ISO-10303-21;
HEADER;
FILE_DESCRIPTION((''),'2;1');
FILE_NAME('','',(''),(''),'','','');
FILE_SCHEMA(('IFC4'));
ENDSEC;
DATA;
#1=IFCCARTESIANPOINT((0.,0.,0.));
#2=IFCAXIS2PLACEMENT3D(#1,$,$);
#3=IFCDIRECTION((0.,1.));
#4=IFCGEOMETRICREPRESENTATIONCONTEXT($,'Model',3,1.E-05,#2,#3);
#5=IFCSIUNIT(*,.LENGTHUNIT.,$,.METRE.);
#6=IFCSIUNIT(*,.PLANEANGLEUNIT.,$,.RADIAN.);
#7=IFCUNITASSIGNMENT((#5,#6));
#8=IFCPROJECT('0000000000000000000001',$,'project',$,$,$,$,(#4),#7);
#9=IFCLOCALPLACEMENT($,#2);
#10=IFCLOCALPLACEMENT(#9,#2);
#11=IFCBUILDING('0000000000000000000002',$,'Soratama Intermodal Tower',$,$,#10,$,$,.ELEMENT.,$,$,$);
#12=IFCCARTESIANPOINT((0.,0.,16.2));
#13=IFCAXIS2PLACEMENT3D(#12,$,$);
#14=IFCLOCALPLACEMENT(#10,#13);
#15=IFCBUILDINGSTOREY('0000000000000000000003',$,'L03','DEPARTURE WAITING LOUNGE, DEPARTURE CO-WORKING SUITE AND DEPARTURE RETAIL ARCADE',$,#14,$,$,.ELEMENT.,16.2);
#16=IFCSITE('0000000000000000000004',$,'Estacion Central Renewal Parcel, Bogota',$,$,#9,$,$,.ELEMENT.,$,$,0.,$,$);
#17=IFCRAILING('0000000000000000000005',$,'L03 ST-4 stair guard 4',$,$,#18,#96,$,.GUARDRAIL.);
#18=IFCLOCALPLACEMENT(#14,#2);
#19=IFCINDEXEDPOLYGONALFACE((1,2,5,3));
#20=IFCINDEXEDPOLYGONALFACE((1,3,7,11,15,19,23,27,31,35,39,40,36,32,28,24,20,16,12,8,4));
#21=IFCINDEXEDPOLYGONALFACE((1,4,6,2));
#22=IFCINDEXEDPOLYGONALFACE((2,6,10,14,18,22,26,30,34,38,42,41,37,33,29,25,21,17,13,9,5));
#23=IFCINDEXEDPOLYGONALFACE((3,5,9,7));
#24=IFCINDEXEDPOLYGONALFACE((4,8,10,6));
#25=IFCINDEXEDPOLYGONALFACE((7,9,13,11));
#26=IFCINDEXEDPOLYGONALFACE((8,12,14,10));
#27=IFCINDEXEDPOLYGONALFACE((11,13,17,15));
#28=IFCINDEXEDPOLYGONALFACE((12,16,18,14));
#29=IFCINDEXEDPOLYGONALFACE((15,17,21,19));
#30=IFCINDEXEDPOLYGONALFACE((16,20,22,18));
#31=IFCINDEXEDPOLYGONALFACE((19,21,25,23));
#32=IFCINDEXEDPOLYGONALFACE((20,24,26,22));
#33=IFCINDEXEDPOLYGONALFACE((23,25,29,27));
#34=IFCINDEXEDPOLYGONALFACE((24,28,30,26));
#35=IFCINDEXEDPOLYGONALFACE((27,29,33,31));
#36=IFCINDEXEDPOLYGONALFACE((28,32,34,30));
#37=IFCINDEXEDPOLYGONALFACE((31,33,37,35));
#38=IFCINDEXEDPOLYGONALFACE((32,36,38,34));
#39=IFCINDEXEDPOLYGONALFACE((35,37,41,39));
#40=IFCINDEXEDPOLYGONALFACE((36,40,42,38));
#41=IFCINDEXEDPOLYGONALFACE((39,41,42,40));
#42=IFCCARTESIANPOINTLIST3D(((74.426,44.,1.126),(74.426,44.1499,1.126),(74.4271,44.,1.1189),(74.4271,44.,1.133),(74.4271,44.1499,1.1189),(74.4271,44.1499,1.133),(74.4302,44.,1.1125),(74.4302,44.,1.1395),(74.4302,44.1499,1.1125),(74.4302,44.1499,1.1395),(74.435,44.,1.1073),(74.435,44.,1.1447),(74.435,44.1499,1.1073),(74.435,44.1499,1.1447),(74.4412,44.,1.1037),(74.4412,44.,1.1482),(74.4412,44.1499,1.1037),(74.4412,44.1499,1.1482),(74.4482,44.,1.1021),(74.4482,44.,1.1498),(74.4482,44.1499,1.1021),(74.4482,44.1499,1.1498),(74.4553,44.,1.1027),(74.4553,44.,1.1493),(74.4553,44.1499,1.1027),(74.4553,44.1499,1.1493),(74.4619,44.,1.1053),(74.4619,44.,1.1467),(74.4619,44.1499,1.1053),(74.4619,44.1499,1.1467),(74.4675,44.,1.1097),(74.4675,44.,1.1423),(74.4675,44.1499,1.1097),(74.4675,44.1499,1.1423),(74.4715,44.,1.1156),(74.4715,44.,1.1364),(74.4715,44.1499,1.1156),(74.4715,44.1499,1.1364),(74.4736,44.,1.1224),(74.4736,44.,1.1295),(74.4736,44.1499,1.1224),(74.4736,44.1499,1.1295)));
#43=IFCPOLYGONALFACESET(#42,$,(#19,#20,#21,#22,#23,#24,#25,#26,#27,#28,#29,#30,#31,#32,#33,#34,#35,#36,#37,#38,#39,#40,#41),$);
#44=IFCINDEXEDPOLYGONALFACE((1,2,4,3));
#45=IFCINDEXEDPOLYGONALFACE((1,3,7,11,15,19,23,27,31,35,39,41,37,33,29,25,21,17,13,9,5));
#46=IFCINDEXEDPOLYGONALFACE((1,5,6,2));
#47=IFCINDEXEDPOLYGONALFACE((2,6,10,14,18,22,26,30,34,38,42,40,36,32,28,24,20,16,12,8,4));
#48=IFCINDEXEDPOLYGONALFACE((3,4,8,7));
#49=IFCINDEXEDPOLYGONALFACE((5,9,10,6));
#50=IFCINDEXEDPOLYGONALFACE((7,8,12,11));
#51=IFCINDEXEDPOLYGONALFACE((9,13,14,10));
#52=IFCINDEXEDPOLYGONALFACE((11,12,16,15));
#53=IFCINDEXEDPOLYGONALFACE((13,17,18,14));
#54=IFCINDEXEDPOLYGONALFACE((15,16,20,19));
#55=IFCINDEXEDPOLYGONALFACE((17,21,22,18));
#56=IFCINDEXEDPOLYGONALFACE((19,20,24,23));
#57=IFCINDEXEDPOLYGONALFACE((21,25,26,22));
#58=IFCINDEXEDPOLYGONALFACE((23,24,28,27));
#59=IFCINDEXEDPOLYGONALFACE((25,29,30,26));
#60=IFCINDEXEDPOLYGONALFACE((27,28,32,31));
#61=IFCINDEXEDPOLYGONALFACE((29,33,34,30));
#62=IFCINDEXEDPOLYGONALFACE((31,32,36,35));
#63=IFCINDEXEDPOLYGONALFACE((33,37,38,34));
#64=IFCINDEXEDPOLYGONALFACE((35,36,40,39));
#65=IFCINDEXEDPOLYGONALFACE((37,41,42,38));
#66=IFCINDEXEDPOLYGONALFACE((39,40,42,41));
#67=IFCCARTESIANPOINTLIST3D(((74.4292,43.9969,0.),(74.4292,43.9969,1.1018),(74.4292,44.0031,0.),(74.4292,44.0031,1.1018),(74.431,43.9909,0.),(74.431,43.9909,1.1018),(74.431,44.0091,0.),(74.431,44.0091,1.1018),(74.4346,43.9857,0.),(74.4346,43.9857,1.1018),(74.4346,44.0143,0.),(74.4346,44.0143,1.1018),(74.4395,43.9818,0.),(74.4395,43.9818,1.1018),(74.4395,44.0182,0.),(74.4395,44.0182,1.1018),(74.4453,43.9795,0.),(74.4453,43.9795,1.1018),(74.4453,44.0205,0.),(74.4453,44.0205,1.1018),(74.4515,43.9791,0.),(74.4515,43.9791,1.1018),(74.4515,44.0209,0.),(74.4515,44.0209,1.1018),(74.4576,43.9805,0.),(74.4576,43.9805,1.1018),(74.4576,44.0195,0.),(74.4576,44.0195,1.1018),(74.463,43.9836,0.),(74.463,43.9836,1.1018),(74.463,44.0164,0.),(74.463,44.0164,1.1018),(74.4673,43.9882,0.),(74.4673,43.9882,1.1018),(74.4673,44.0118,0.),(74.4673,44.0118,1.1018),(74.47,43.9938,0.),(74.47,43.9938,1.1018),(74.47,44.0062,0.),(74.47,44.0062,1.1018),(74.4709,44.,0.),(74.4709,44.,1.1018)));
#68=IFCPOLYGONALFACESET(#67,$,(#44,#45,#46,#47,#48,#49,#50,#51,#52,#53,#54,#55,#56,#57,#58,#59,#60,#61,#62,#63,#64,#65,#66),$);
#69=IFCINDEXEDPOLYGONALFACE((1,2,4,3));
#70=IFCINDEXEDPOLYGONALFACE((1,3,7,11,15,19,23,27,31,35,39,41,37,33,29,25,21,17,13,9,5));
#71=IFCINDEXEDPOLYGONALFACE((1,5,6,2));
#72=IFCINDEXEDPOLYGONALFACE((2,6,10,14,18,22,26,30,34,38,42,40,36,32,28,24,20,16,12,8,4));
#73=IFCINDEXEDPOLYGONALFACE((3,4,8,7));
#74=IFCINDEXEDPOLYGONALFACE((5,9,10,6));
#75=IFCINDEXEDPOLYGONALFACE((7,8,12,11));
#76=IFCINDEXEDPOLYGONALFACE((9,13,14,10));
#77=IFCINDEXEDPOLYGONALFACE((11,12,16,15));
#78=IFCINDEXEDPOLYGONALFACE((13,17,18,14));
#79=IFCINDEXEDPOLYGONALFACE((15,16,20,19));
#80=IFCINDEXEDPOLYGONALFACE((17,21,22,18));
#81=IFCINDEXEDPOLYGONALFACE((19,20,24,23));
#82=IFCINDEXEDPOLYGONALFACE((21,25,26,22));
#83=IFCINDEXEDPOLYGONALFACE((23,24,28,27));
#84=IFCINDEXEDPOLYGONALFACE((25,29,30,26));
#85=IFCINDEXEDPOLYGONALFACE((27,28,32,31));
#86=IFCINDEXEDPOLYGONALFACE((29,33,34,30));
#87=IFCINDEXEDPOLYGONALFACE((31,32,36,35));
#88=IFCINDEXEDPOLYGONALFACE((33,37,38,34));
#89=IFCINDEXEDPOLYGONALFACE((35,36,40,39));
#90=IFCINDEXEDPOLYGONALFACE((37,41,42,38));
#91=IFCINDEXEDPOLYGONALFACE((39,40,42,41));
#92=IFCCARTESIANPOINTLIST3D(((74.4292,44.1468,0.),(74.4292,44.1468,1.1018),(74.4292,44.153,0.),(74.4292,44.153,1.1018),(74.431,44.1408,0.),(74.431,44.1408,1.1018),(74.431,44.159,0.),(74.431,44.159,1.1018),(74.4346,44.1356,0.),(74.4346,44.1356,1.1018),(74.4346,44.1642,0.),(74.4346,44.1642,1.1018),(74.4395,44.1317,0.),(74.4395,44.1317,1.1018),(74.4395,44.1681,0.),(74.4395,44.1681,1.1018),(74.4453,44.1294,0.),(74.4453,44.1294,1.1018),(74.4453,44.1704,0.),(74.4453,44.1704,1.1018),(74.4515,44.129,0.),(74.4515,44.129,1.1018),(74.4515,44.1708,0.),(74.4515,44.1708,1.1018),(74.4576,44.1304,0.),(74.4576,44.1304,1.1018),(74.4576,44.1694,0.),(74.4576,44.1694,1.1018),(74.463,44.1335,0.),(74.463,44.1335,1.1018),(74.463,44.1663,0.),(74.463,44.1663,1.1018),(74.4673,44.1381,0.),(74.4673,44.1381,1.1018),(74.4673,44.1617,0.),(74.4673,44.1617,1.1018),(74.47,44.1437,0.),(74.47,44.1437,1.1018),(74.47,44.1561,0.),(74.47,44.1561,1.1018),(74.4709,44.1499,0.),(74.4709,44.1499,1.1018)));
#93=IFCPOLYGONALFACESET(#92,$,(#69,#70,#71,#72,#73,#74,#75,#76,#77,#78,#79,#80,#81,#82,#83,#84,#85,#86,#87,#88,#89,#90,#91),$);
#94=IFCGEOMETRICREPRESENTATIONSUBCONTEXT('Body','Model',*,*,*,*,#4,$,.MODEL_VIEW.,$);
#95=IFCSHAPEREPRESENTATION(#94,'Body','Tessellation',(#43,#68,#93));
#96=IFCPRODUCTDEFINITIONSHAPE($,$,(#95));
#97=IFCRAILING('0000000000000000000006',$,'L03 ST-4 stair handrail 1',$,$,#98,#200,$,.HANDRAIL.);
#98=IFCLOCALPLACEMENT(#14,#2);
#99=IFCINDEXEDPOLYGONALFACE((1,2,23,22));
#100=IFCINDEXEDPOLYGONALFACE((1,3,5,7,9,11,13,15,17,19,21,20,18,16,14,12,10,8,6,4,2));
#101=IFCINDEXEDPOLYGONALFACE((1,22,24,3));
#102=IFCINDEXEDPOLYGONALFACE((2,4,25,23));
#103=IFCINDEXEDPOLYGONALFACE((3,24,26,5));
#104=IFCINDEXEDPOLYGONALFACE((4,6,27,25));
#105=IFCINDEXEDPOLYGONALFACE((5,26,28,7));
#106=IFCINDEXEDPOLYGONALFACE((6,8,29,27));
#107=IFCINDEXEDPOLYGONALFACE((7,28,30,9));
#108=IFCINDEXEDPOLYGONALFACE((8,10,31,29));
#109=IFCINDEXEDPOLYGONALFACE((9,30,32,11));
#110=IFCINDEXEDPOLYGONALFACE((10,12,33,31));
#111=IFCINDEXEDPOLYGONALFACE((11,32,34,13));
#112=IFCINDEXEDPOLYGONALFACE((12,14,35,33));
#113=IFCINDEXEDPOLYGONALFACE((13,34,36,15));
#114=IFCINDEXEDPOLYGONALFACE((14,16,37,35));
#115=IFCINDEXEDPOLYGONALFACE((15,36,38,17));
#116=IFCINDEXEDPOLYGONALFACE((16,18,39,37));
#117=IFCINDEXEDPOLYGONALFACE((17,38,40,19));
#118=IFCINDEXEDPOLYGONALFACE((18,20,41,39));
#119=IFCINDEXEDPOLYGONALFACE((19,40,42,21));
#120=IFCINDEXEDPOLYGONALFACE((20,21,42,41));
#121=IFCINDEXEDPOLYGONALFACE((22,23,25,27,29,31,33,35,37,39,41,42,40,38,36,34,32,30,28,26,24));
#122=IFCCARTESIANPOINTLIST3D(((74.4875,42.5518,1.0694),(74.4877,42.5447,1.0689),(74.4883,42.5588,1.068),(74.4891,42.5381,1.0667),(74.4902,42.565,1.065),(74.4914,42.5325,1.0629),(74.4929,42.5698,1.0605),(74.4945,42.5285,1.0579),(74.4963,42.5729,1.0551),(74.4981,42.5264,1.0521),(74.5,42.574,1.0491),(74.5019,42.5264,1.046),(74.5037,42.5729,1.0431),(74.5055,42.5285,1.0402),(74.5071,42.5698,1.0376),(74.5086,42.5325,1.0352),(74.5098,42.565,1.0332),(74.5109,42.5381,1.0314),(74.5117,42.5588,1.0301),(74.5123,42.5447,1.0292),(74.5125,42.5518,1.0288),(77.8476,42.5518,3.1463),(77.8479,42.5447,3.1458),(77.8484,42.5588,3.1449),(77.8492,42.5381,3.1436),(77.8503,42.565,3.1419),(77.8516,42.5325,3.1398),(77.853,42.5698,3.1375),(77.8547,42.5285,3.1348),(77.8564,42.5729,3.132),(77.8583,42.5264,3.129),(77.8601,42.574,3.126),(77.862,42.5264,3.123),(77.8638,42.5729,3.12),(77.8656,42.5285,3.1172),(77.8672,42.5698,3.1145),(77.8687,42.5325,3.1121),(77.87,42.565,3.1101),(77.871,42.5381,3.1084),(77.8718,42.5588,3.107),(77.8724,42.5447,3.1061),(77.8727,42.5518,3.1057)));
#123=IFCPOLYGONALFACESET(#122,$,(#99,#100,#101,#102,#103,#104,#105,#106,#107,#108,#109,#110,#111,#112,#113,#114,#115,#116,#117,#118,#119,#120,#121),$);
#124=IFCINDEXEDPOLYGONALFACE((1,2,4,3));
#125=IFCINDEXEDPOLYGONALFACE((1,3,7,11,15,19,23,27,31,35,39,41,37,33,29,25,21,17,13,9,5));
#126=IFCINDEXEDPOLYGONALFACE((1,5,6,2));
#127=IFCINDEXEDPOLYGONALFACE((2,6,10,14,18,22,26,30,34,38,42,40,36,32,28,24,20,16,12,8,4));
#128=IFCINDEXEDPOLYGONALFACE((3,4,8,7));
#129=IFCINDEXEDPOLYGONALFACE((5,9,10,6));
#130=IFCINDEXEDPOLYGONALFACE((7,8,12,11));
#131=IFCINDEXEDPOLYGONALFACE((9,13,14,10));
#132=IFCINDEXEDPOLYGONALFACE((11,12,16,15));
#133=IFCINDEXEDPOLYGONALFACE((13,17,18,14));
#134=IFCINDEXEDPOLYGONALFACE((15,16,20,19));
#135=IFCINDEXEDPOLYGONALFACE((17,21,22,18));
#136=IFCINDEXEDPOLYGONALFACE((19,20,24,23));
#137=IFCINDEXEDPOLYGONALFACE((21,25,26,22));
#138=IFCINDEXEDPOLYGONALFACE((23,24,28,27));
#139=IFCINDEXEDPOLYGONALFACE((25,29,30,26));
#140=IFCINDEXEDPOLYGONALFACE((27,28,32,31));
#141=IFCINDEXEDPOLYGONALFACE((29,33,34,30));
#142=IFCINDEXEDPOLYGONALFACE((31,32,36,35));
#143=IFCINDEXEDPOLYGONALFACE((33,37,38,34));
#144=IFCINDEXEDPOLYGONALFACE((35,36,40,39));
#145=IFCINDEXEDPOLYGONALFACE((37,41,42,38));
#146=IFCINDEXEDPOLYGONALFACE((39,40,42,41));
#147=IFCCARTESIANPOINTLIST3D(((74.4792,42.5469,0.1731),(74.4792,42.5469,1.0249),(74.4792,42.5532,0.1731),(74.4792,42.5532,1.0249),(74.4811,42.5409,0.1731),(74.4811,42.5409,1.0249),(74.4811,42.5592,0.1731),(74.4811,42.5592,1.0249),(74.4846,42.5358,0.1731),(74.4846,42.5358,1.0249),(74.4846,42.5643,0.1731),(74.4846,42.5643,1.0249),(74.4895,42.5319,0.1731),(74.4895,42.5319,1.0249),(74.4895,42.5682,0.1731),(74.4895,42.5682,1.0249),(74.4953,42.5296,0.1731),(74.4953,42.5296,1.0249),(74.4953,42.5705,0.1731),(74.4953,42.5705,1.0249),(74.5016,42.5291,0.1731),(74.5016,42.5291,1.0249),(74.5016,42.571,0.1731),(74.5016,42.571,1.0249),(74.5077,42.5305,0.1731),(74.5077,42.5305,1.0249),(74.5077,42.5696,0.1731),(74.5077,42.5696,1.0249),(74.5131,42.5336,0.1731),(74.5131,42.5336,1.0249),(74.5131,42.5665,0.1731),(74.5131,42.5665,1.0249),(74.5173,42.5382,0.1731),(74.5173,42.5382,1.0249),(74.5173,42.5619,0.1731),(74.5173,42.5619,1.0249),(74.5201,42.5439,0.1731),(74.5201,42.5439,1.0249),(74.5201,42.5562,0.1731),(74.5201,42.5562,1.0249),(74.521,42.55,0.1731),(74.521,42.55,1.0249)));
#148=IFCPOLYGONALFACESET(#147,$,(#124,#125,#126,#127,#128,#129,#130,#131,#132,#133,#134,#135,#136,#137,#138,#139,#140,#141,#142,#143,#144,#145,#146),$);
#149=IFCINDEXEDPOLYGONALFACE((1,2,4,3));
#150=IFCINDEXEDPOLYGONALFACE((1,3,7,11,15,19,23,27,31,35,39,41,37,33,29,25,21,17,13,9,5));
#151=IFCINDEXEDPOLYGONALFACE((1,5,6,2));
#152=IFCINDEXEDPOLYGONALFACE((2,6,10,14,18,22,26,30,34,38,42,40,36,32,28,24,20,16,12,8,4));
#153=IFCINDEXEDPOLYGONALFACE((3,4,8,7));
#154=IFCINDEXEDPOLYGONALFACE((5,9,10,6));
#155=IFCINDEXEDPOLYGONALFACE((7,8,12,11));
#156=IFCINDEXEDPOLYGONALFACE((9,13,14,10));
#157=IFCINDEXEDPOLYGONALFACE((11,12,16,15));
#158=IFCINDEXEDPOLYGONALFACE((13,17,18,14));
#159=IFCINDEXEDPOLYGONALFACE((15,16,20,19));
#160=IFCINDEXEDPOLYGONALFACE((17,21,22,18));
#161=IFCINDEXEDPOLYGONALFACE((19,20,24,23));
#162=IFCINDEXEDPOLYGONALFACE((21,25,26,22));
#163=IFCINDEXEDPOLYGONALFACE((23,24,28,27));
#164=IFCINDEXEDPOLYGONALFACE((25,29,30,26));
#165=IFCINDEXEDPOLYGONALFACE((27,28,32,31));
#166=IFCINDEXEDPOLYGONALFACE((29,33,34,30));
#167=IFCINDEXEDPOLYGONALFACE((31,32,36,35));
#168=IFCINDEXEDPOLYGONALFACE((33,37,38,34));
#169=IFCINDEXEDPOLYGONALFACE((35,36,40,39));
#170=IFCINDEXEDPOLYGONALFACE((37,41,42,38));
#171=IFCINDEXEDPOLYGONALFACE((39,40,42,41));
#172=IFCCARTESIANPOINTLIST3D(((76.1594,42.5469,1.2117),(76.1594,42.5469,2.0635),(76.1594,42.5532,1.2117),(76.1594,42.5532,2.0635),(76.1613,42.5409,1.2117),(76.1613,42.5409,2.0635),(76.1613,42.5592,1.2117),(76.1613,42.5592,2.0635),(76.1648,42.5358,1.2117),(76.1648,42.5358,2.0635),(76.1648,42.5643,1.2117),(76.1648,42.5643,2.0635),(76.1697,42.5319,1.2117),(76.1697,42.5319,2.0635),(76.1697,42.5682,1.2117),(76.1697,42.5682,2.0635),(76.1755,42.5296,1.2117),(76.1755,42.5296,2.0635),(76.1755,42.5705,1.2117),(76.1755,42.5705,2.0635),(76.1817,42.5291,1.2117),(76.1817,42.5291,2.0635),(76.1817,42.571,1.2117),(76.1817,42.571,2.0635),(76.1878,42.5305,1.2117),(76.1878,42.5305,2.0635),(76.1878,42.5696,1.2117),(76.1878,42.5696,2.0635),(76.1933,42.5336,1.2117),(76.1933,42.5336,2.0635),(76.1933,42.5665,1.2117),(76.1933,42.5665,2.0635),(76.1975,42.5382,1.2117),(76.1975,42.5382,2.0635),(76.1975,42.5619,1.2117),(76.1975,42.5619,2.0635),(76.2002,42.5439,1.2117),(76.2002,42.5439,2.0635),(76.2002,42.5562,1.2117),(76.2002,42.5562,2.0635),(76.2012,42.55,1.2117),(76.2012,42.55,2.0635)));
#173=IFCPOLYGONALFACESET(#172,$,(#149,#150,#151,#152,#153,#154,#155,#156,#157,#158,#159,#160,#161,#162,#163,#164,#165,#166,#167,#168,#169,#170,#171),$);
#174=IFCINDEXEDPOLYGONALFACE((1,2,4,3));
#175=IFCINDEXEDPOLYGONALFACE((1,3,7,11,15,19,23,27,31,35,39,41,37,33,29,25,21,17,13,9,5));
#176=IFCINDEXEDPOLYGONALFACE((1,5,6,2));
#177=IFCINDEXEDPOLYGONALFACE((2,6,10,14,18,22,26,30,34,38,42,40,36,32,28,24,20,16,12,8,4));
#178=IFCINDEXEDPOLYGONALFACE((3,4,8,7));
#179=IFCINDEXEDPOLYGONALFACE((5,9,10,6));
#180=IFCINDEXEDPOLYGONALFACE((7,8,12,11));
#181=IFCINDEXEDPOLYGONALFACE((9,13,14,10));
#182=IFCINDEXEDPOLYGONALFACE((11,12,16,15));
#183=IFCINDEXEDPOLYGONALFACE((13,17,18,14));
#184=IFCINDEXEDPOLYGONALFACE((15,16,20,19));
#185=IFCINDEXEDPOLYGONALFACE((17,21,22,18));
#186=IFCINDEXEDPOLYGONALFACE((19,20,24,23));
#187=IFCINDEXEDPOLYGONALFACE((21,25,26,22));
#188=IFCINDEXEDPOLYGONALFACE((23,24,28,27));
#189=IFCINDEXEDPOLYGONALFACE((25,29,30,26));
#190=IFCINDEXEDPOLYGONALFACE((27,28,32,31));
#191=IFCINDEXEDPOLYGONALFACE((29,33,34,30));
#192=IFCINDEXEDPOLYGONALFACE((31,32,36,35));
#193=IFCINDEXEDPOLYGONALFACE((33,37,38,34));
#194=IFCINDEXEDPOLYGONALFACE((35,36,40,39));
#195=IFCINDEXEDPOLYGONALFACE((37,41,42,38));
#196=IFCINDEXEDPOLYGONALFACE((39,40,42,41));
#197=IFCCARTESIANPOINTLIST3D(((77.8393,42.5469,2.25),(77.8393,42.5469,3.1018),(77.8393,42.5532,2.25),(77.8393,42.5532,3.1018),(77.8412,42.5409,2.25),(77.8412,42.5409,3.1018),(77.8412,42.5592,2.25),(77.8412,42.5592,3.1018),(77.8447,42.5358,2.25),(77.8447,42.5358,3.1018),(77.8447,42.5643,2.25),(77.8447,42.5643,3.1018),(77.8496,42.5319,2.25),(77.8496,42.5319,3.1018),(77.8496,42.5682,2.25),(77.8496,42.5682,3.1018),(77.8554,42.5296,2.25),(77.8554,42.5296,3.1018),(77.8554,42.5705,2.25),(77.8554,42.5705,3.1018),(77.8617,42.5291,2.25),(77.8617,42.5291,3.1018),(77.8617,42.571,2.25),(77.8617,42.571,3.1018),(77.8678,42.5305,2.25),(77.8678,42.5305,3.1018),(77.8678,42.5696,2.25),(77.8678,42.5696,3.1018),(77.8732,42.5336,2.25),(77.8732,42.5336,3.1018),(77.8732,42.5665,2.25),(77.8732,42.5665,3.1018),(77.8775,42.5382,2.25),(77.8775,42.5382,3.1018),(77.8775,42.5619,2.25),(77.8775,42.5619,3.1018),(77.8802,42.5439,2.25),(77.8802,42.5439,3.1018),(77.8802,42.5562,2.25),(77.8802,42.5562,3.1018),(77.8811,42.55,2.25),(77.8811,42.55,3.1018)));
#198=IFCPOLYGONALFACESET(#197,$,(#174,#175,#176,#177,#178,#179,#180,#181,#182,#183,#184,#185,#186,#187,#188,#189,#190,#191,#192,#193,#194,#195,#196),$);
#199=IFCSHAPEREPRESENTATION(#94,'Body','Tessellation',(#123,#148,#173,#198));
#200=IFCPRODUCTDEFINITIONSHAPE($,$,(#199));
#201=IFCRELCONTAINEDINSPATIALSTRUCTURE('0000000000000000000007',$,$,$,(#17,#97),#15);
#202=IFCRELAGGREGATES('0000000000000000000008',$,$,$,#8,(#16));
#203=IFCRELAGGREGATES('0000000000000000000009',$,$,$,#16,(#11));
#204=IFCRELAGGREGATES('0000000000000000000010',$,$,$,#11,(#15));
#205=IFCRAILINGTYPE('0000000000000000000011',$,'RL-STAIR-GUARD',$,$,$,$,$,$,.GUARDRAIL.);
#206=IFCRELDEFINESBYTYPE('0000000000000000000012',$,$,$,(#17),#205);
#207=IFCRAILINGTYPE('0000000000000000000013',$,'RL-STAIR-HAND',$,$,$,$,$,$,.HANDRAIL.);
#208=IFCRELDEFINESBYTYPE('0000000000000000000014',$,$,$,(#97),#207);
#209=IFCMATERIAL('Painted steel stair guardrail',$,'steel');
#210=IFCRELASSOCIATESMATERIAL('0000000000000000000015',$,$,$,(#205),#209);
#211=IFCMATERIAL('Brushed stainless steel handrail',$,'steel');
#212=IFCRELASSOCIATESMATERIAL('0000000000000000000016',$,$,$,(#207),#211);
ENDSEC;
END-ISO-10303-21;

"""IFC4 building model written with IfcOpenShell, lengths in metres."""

from ifc_helpers import new_model, si_unit, direction, frame, origin, origin_2d, place, context, subcontext, project, spatial, circle, extrude, material, type_object, element, save


model = new_model("IFC4")

# Units and contexts
model_context = context("Model", 3, precision=1e-05, world=origin(), true_north=direction((0.0, 1.0)))
body_context = subcontext(model_context, "Body", "Model", "MODEL_VIEW")
ifc_project = project(units=[si_unit("LENGTHUNIT", "METRE"), si_unit("PLANEANGLEUNIT", "RADIAN")], contexts=[model_context])

# Site, building, storey
site_placement = place(None, origin())
site = spatial("IfcSite", under=ifc_project, at=site_placement, Name="Estacion Central Renewal Parcel, Bogota", CompositionType="ELEMENT", RefElevation=0.0)
building_placement = place(site_placement, origin())
building = spatial("IfcBuilding", under=site, at=building_placement, Name="Soratama Intermodal Tower", CompositionType="ELEMENT")
storey_placement = place(building_placement, frame((0.0, 0.0, 16.2)))
storey = spatial("IfcBuildingStorey", under=building, at=storey_placement, Name="L03", Description="DEPARTURE WAITING LOUNGE, DEPARTURE CO-WORKING SUITE AND DEPARTURE RETAIL ARCADE", CompositionType="ELEMENT", Elevation=16.2)

# Railings
ifc_material_1 = material(Name="Painted steel stair guardrail", Category="steel")
railing_type_1 = type_object("IfcRailingType", Name="RL-STAIR-GUARD", PredefinedType="GUARDRAIL", material=ifc_material_1)
railing_1_placement = place(storey_placement, frame((74.45, 44.0, 0.0)))
element("IfcRailing", 1, at=railing_1_placement, inside=storey, type_object=railing_type_1, Name="L03 ST-4 stair guard 4", PredefinedType="GUARDRAIL", context=body_context, shape_type="SweptSolid", body=[
    extrude(circle(Radius=0.0239, at=origin_2d()), frame((0.0, 0.0, 1.126), z_axis=(0.0, 1.0, 0.0), x_axis=(-1.0, 0.0, 0.0)), (0.0, 0.0, 1.0), 0.1499),
    extrude(circle(Radius=0.021, at=origin_2d()), origin(), (0.0, 0.0, 1.0), 1.1018),
    extrude(circle(Radius=0.021, at=origin_2d()), frame((0.0, 0.1499, 0.0)), (0.0, 0.0, 1.0), 1.1018),
])
ifc_material_2 = material(Name="Brushed stainless steel handrail", Category="steel")
railing_type_2 = type_object("IfcRailingType", Name="RL-STAIR-HAND", PredefinedType="HANDRAIL", material=ifc_material_2)
railing_2_placement = place(storey_placement, frame((74.5, 42.55, 0.1731)))
element("IfcRailing", 2, at=railing_2_placement, inside=storey, type_object=railing_type_2, Name="L03 ST-4 stair handrail 1", PredefinedType="HANDRAIL", context=body_context, shape_type="SweptSolid", body=[
    extrude(circle(Radius=0.0239, at=origin_2d()), frame((0.0, 0.0, 0.876), z_axis=(0.850623, 0.0, 0.525776), x_axis=(0.0, 1.0, 0.0)), (0.0, 0.0, 1.0), 3.9502),
    extrude(circle(Radius=0.021, at=origin_2d()), origin(), (0.0, 0.0, 1.0), 0.8518),
    extrude(circle(Radius=0.021, at=origin_2d()), frame((1.6802, 0.0, 1.0386)), (0.0, 0.0, 1.0), 0.8518),
    extrude(circle(Radius=0.021, at=origin_2d()), frame((3.3601, 0.0, 2.0769)), (0.0, 0.0, 1.0), 0.8518),
])

save(model, "model.ifc")
